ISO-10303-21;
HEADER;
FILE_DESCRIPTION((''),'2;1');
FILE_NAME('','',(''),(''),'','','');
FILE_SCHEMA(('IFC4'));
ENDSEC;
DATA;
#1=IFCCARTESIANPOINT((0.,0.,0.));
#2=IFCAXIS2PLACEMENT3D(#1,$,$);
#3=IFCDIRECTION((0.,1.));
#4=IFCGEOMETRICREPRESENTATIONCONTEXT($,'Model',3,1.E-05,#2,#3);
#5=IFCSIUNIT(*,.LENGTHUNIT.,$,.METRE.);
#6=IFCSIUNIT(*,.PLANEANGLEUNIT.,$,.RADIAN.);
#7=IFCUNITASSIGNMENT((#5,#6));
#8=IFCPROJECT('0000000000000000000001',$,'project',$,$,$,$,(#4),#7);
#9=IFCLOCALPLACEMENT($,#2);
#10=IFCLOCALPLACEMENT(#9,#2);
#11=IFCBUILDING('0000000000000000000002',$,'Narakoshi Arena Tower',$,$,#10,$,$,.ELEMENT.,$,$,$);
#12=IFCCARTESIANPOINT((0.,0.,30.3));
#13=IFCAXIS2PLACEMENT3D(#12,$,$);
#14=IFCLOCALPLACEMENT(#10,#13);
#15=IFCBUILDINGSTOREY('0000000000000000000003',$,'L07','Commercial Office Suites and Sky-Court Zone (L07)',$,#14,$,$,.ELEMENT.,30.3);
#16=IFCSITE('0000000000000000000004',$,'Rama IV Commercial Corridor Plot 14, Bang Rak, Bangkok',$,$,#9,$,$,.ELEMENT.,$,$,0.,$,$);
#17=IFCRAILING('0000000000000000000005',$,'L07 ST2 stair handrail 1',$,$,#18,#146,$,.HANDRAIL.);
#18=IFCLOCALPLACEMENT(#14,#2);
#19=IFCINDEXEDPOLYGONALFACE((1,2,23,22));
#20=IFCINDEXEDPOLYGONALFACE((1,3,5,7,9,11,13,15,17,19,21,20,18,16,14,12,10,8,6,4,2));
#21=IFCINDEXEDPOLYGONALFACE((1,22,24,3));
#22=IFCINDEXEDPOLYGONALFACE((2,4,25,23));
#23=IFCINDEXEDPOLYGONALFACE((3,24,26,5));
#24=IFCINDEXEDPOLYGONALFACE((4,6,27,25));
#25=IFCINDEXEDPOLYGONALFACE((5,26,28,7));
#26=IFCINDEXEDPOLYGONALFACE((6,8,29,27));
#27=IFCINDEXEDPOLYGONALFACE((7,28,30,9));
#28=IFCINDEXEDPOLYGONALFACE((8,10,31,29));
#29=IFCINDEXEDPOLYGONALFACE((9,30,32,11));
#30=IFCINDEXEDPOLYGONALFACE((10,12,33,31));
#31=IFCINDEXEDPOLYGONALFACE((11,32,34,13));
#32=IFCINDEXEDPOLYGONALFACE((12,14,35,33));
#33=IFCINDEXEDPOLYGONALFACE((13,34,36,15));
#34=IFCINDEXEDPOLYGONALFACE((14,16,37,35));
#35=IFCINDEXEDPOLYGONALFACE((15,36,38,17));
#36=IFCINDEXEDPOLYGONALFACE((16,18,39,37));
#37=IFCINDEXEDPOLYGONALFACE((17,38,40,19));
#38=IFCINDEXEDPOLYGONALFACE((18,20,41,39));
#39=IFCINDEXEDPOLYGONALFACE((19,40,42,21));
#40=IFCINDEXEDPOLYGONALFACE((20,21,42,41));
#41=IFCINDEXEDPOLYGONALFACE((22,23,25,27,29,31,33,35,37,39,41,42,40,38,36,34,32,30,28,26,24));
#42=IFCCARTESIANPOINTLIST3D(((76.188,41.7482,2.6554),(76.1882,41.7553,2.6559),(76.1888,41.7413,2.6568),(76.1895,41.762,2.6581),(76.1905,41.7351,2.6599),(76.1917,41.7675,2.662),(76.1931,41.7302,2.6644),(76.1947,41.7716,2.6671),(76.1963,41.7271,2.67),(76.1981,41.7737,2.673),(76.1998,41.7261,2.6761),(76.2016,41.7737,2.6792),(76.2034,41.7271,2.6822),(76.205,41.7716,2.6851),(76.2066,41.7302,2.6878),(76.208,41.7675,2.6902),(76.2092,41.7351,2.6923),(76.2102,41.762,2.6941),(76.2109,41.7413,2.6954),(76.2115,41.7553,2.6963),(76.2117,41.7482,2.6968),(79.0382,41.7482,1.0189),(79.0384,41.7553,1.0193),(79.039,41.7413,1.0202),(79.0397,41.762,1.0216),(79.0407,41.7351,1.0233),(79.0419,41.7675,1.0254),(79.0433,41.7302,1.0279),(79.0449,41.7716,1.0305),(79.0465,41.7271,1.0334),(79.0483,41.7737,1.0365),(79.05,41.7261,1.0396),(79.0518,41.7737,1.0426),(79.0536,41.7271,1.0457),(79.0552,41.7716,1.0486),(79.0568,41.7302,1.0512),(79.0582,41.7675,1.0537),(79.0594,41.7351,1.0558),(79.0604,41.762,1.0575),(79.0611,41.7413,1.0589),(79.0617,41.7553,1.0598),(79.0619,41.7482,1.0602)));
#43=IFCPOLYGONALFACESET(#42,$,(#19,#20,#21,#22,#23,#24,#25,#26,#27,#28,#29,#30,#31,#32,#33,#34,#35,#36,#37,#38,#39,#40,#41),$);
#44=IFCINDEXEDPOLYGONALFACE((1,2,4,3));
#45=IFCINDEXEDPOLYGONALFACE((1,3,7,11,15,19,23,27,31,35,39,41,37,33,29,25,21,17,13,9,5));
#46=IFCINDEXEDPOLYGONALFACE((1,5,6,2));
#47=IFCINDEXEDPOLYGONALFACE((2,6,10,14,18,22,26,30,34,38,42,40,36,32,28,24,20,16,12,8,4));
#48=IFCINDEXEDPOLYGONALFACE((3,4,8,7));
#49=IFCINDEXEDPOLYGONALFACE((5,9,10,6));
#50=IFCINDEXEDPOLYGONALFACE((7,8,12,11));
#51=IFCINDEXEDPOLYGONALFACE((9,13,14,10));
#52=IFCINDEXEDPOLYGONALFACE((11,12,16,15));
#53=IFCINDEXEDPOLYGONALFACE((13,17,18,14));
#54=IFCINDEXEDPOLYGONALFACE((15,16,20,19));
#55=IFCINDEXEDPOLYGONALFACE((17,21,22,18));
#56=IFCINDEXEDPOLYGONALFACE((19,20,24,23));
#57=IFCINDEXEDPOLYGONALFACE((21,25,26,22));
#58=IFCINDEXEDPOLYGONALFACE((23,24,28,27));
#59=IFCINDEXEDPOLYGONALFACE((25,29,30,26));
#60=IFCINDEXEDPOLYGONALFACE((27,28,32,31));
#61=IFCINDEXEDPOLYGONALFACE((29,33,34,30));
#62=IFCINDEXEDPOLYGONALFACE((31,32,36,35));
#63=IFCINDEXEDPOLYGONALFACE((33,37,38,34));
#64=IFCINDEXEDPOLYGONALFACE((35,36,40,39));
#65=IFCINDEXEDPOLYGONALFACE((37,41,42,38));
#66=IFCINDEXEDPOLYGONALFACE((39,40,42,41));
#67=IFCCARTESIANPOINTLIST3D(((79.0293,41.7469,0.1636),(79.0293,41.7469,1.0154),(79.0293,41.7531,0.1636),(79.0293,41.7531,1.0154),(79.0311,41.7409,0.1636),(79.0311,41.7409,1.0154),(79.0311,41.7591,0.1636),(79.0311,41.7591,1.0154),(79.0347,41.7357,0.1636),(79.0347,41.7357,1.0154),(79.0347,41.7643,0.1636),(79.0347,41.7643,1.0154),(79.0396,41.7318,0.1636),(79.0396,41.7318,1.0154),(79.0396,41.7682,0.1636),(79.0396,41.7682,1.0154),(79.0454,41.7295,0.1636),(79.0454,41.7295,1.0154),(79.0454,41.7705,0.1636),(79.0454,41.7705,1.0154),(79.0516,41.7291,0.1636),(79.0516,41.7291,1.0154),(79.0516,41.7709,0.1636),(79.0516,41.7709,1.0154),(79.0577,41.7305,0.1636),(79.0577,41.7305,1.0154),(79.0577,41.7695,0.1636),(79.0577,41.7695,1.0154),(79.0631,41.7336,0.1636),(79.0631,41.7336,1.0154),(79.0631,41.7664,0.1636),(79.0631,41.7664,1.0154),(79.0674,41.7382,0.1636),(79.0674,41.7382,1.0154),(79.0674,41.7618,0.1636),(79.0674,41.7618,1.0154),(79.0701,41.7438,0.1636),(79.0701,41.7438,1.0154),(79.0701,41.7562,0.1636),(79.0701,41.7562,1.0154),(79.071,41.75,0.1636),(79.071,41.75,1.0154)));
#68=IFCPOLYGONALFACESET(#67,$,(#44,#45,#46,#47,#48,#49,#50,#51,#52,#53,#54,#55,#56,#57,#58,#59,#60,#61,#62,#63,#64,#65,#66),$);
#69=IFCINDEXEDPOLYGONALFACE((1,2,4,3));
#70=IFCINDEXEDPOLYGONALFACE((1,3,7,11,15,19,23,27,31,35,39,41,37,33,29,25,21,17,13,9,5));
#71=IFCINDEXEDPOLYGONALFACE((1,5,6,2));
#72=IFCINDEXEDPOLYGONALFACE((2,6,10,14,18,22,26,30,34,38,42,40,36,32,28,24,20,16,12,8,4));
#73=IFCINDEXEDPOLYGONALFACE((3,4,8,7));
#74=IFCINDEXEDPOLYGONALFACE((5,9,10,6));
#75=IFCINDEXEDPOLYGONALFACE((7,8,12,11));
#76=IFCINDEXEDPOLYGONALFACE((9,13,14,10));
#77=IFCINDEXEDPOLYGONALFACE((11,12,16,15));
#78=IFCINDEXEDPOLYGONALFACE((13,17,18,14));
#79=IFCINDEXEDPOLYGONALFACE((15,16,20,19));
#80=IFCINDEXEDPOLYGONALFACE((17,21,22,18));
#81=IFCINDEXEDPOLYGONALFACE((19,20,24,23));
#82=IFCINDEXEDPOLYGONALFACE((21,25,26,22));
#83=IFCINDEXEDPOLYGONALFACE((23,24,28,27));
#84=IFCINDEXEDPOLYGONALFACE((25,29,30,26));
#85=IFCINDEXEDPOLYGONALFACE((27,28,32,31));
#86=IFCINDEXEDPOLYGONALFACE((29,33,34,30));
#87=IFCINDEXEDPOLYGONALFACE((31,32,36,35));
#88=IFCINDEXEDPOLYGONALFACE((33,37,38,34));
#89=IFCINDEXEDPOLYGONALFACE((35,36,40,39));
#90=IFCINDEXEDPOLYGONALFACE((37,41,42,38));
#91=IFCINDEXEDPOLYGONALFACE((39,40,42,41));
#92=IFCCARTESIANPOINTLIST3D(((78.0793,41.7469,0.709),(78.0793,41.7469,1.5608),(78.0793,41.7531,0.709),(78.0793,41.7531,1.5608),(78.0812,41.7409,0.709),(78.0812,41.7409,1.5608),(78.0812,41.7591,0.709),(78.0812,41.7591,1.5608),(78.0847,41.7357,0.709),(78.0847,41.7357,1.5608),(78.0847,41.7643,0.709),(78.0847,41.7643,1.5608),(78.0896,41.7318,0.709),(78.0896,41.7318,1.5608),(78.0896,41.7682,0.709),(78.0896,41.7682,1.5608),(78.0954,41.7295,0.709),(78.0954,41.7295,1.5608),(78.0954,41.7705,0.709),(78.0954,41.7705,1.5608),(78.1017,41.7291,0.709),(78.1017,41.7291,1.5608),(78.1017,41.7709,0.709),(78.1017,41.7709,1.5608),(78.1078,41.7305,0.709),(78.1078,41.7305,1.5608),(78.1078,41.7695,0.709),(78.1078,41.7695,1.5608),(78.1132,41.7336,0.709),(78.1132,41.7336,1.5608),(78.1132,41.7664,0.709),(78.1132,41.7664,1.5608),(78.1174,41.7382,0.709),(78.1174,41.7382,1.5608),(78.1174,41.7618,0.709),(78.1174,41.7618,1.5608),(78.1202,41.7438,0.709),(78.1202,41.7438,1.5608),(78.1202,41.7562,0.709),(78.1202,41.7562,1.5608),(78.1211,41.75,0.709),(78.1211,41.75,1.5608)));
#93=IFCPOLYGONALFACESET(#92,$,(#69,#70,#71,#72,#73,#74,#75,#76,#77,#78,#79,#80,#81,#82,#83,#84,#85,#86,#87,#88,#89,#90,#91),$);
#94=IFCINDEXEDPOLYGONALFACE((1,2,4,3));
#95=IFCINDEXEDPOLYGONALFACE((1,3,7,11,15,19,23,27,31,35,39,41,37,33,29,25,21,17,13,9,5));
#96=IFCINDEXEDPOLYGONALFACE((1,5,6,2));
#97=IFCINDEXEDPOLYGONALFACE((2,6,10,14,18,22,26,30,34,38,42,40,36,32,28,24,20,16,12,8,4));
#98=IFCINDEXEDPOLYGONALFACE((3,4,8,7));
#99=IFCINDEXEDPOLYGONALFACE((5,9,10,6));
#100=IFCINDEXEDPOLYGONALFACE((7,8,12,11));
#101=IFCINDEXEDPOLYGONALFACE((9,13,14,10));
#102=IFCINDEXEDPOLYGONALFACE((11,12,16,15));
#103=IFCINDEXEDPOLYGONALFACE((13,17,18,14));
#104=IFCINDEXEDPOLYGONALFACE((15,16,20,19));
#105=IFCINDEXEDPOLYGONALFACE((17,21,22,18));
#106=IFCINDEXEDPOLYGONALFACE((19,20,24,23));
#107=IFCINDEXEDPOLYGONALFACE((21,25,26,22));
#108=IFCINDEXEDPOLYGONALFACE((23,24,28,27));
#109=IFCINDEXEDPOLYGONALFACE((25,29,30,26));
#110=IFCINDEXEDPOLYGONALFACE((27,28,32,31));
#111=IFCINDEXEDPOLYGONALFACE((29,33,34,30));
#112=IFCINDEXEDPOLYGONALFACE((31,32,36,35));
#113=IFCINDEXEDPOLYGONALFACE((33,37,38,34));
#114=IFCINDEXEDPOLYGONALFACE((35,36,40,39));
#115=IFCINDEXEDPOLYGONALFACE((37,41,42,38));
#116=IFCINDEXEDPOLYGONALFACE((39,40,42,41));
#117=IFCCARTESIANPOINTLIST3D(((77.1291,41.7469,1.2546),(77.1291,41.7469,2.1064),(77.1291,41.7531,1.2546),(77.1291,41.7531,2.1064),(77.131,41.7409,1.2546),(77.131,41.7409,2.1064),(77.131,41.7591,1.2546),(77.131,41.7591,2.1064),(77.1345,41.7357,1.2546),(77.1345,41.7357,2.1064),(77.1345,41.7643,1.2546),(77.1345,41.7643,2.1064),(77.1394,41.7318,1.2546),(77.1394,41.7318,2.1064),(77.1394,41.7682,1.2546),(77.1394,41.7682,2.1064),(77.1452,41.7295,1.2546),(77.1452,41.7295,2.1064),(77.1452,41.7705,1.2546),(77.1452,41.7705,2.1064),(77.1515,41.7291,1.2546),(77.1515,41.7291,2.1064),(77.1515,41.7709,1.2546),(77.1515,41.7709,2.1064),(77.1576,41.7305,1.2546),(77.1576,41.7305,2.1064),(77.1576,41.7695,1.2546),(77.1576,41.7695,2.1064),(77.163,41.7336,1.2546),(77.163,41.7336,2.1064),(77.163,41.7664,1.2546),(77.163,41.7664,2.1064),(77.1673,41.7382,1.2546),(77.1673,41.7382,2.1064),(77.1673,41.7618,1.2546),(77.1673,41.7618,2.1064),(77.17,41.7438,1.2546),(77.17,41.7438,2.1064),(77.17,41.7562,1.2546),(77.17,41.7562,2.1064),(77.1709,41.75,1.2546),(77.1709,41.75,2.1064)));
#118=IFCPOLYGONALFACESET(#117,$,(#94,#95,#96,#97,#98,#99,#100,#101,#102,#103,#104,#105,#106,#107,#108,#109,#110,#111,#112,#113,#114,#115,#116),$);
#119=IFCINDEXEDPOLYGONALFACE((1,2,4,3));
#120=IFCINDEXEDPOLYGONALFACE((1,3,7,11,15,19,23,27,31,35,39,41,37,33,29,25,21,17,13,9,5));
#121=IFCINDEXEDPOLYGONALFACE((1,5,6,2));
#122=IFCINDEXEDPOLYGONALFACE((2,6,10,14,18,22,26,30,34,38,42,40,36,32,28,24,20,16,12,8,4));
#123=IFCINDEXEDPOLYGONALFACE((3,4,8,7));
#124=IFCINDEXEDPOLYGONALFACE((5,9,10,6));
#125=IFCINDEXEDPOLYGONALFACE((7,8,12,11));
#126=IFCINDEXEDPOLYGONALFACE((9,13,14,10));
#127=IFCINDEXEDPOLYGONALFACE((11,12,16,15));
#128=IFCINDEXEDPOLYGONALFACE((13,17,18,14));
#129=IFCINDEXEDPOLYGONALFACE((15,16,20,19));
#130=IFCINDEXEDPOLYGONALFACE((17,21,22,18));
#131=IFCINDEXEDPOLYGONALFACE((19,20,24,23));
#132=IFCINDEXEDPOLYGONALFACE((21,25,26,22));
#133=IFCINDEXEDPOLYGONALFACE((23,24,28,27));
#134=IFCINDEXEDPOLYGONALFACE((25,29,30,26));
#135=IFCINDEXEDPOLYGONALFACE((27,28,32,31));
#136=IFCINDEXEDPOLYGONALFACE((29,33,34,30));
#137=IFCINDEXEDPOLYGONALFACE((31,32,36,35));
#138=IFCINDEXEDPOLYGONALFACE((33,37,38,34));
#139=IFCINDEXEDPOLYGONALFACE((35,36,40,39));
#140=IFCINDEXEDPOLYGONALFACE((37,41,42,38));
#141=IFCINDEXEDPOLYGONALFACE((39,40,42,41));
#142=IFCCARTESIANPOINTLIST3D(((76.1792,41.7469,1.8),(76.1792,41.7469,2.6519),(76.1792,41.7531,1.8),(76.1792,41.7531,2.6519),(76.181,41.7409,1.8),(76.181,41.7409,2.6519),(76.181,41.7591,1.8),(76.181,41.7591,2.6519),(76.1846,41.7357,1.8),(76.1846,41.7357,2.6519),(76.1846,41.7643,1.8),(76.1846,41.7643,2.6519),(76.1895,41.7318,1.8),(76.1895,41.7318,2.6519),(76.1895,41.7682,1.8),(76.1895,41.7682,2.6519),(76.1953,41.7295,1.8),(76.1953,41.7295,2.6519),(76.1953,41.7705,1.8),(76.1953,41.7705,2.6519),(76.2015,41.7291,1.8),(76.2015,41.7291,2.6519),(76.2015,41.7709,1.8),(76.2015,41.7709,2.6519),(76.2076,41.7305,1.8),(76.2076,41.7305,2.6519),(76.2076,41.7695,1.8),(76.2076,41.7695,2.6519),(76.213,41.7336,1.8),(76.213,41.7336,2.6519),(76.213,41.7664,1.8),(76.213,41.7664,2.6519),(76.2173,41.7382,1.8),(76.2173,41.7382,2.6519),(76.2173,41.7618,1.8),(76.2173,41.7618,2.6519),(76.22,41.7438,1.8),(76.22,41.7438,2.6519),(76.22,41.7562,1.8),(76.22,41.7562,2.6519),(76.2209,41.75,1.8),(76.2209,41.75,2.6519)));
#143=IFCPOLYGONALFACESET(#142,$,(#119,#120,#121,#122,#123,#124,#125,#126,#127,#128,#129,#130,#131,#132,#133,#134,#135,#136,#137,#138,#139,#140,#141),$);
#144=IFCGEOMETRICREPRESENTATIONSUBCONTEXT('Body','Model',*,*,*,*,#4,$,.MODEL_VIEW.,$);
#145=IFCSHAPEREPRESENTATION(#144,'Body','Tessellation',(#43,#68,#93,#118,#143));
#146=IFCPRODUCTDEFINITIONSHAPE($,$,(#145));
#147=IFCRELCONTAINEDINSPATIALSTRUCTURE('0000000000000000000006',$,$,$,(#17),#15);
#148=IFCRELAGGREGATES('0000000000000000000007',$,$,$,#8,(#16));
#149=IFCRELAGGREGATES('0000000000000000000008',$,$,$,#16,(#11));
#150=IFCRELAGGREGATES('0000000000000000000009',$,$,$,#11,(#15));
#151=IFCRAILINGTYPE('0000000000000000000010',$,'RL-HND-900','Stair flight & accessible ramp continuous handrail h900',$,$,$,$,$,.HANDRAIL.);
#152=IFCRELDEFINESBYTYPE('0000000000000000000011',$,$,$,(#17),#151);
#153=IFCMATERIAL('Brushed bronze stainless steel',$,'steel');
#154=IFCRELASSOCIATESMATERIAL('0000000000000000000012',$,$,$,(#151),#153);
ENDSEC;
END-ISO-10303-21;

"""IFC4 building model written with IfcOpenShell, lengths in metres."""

from ifc_helpers import new_model, si_unit, direction, frame, origin, origin_2d, place, context, subcontext, project, spatial, circle, extrude, material, type_object, element, save


model = new_model("IFC4")

# Units and contexts
model_context = context("Model", 3, precision=1e-05, world=origin(), true_north=direction((0.0, 1.0)))
body_context = subcontext(model_context, "Body", "Model", "MODEL_VIEW")
ifc_project = project(units=[si_unit("LENGTHUNIT", "METRE"), si_unit("PLANEANGLEUNIT", "RADIAN")], contexts=[model_context])

# Site, building, storey
site_placement = place(None, origin())
site = spatial("IfcSite", under=ifc_project, at=site_placement, Name="Rama IV Commercial Corridor Plot 14, Bang Rak, Bangkok", CompositionType="ELEMENT", RefElevation=0.0)
building_placement = place(site_placement, origin())
building = spatial("IfcBuilding", under=site, at=building_placement, Name="Narakoshi Arena Tower", CompositionType="ELEMENT")
storey_placement = place(building_placement, frame((0.0, 0.0, 30.3)))
storey = spatial("IfcBuildingStorey", under=building, at=storey_placement, Name="L07", Description="Commercial Office Suites and Sky-Court Zone (L07)", CompositionType="ELEMENT", Elevation=30.3)

# Shared definitions
ifc_material_1 = material(Name="Brushed bronze stainless steel", Category="steel")

# Railing
railing_type_1 = type_object("IfcRailingType", Name="RL-HND-900", Description="Stair flight & accessible ramp continuous handrail h900", PredefinedType="HANDRAIL", material=ifc_material_1)
railing_1_placement = place(storey_placement, frame((79.05, 41.75, 0.1636)))
element("IfcRailing", 1, at=railing_1_placement, inside=storey, type_object=railing_type_1, Name="L07 ST2 stair handrail 1", PredefinedType="HANDRAIL", context=body_context, shape_type="SweptSolid", body=[
    extrude(circle(Radius=0.0239, at=origin_2d()), frame((0.0, 0.0, 0.876), z_axis=(-0.867213, 0.0, 0.497938), x_axis=(0.0, -1.0, 0.0)), (0.0, 0.0, 1.0), 3.2866),
    extrude(circle(Radius=0.021, at=origin_2d()), origin(), (0.0, 0.0, 1.0), 0.8518),
    extrude(circle(Radius=0.021, at=origin_2d()), frame((-0.95, 0.0, 0.5454)), (0.0, 0.0, 1.0), 0.8518),
    extrude(circle(Radius=0.021, at=origin_2d()), frame((-1.9001, 0.0, 1.0911)), (0.0, 0.0, 1.0), 0.8518),
    extrude(circle(Radius=0.021, at=origin_2d()), frame((-2.8501, 0.0, 1.6365)), (0.0, 0.0, 1.0), 0.8518),
])

save(model, "model.ifc")
